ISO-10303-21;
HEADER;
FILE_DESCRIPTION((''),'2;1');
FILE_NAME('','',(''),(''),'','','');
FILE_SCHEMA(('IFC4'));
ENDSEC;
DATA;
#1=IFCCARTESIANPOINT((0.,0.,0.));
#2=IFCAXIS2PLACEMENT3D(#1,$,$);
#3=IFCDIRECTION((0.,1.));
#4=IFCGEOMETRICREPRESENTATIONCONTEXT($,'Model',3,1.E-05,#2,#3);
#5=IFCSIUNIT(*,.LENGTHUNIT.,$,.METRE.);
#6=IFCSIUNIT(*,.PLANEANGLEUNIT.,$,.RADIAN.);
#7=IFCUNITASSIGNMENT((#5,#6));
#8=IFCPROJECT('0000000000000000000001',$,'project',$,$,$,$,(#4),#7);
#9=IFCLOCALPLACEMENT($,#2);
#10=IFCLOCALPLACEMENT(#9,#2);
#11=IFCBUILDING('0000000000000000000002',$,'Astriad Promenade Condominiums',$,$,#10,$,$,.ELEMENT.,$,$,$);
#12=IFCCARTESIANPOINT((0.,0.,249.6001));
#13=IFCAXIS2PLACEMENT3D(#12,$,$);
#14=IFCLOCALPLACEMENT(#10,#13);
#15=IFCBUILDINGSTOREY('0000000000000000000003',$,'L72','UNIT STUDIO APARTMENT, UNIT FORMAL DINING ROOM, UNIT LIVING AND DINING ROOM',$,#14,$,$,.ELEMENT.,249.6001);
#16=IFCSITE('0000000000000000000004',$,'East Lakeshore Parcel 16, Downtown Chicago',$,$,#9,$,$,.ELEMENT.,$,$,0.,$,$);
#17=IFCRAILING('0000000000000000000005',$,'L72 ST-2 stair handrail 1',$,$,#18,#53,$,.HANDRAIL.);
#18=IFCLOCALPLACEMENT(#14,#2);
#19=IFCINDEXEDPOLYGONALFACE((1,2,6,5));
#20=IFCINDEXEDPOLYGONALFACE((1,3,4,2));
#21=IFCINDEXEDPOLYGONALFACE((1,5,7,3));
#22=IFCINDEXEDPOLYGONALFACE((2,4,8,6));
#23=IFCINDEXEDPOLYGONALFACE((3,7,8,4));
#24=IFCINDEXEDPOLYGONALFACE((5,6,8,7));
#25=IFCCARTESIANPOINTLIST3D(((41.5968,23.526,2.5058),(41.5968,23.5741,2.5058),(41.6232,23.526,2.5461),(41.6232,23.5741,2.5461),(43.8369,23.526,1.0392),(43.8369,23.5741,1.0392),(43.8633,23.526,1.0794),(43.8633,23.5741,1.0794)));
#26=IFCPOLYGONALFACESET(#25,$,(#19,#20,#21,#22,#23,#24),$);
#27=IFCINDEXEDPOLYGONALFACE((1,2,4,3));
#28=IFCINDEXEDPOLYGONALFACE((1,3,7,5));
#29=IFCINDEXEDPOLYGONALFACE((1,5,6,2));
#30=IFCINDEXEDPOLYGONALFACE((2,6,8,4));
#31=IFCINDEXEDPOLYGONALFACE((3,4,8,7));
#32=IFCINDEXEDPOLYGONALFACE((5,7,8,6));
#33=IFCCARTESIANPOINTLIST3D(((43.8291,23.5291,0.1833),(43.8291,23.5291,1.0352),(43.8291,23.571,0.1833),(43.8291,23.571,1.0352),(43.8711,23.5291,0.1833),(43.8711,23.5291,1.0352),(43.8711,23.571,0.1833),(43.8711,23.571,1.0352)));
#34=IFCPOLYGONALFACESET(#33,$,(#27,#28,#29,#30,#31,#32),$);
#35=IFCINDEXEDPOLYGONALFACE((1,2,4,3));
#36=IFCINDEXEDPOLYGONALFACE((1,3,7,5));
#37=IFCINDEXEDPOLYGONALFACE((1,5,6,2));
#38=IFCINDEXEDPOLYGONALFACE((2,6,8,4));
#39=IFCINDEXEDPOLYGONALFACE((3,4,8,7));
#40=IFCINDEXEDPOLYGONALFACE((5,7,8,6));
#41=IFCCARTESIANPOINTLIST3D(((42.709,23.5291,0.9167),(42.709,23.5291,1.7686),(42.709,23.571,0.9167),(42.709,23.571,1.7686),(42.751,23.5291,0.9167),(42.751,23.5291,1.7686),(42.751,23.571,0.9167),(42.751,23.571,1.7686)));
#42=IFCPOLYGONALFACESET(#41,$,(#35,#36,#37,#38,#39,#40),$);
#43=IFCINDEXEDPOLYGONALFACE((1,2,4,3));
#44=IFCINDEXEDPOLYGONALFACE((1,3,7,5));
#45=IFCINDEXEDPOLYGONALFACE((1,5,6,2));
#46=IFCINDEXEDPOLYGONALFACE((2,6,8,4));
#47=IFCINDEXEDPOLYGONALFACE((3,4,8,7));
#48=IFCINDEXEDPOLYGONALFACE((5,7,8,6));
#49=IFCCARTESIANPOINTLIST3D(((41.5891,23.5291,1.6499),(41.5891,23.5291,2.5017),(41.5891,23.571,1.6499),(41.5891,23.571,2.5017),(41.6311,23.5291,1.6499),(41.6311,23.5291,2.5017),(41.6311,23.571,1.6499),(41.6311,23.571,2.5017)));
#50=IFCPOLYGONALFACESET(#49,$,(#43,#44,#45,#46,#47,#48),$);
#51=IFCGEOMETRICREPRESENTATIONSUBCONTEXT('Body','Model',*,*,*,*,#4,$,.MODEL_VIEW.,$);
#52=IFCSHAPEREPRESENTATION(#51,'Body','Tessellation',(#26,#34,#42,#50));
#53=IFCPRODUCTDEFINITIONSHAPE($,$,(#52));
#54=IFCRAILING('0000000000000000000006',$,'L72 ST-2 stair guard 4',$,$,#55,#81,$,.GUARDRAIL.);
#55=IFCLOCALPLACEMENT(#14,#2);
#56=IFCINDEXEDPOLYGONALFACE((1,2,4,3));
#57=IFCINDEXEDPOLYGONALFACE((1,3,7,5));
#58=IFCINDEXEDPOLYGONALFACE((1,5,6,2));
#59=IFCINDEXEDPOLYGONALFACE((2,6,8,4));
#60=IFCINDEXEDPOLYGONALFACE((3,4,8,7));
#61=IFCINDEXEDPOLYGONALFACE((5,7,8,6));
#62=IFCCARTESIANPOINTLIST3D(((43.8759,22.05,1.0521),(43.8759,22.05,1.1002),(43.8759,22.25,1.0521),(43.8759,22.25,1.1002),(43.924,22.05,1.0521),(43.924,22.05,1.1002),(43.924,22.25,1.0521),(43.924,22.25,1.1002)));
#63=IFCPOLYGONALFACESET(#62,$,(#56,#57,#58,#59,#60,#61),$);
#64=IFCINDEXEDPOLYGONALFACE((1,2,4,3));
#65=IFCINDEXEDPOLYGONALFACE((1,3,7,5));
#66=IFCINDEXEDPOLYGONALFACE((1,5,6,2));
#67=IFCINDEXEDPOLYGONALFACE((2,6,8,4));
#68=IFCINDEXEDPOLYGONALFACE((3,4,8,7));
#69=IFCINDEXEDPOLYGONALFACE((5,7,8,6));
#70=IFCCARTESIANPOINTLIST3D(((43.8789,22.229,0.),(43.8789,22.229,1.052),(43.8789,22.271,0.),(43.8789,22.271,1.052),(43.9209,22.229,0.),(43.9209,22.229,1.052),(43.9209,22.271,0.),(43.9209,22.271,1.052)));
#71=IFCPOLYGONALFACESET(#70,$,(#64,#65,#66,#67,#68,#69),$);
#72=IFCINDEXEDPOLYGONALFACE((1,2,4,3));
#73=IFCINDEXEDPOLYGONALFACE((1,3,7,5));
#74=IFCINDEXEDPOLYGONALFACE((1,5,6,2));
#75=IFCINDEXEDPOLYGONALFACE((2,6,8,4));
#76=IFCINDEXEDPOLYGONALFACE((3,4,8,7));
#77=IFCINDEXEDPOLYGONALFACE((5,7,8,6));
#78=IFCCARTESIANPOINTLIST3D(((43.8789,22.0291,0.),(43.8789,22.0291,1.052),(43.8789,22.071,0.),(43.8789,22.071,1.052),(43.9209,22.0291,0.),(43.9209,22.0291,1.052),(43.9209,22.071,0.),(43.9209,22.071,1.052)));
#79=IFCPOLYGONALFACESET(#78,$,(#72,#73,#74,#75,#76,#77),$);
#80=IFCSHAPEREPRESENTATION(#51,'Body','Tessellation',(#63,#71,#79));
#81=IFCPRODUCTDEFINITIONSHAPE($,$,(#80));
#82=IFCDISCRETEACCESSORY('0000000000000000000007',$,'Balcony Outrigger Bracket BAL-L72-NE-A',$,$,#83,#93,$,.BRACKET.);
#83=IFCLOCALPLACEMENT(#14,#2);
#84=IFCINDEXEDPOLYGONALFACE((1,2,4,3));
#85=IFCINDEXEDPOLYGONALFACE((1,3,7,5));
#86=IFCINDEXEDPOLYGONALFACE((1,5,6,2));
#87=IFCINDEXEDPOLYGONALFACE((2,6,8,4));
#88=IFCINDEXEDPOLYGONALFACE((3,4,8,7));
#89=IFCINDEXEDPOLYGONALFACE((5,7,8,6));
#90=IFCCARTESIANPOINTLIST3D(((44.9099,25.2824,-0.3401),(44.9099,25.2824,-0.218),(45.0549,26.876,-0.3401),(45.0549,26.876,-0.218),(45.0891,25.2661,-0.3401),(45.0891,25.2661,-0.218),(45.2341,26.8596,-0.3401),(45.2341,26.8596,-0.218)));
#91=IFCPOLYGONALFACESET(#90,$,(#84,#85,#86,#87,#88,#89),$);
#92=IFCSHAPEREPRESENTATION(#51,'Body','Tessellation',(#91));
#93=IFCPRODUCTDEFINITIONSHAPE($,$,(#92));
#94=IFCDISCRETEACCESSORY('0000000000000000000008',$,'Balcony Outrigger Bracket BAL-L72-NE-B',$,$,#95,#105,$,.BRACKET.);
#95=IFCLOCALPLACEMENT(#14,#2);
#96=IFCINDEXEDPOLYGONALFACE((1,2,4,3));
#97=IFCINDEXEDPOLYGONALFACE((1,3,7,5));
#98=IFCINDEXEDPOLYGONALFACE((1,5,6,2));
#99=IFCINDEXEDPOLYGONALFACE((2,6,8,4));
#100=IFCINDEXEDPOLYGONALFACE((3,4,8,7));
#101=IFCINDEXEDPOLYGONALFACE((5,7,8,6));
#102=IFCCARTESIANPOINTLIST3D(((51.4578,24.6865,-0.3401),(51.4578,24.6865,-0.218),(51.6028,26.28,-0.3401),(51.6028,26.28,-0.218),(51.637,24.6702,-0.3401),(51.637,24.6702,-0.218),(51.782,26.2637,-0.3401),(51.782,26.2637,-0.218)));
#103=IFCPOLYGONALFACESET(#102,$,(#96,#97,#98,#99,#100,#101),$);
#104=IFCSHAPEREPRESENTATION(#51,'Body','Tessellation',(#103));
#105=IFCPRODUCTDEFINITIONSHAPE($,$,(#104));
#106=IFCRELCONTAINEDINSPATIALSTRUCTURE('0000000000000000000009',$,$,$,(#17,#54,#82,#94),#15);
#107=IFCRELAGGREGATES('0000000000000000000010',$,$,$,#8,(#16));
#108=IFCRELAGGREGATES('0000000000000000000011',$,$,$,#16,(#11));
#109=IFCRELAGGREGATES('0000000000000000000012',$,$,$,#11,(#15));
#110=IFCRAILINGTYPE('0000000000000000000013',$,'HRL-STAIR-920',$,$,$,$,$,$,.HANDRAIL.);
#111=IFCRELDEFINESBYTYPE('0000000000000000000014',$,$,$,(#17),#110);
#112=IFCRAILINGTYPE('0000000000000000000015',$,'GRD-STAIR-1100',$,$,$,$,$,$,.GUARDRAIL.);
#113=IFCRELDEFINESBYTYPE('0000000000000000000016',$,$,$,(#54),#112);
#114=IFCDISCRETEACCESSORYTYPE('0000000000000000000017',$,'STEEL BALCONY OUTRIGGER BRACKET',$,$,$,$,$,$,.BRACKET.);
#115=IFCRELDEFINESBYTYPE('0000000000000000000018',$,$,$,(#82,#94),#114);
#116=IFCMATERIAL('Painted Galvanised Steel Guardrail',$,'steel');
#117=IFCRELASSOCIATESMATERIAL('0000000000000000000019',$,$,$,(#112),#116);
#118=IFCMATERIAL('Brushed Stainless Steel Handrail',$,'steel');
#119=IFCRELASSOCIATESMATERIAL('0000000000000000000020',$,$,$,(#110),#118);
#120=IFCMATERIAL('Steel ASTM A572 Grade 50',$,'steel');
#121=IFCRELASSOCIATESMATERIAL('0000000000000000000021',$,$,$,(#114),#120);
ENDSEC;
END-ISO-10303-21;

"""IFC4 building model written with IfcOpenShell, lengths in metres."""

from ifc_helpers import new_model, si_unit, direction, frame, origin, origin_2d, place, context, subcontext, project, spatial, rectangle, extrude, source, transform, mapped, material, type_object, type_shapes, element, save


model = new_model("IFC4")

# Units and contexts
model_context = context("Model", 3, precision=1e-05, world=origin(), true_north=direction((0.0, 1.0)))
body_context = subcontext(model_context, "Body", "Model", "MODEL_VIEW")
ifc_project = project(units=[si_unit("LENGTHUNIT", "METRE"), si_unit("PLANEANGLEUNIT", "RADIAN")], contexts=[model_context])

# Site, building, storey
site_placement = place(None, origin())
site = spatial("IfcSite", under=ifc_project, at=site_placement, Name="East Lakeshore Parcel 16, Downtown Chicago", CompositionType="ELEMENT", RefElevation=0.0)
building_placement = place(site_placement, origin())
building = spatial("IfcBuilding", under=site, at=building_placement, Name="Astriad Promenade Condominiums", CompositionType="ELEMENT")
storey_placement = place(building_placement, frame((0.0, 0.0, 249.6001)))
storey = spatial("IfcBuildingStorey", under=building, at=storey_placement, Name="L72", Description="UNIT STUDIO APARTMENT, UNIT FORMAL DINING ROOM, UNIT LIVING AND DINING ROOM", CompositionType="ELEMENT", Elevation=249.6001)

# Railings
ifc_material_1 = material(Name="Painted Galvanised Steel Guardrail", Category="steel")
railing_type_1 = type_object("IfcRailingType", Name="GRD-STAIR-1100", PredefinedType="GUARDRAIL", material=ifc_material_1)
ifc_material_2 = material(Name="Brushed Stainless Steel Handrail", Category="steel")
railing_type_2 = type_object("IfcRailingType", Name="HRL-STAIR-920", PredefinedType="HANDRAIL", material=ifc_material_2)
shared_shape_1 = source(origin(), body_context, "Body", "SweptSolid", [
    extrude(rectangle(XDim=0.0481, YDim=0.0481, at=origin_2d()), frame((0.0, 0.0, 0.876), z_axis=(-0.836637, 0.0, 0.547758), x_axis=(0.0, -1.0, 0.0)), (0.0, 0.0, 1.0), 2.6775),
    extrude(rectangle(XDim=0.042, YDim=0.042, at=origin_2d()), origin(), (0.0, 0.0, 1.0), 0.8518),
    extrude(rectangle(XDim=0.042, YDim=0.042, at=origin_2d()), frame((-1.1201, 0.0, 0.7334)), (0.0, 0.0, 1.0), 0.8518),
    extrude(rectangle(XDim=0.042, YDim=0.042, at=origin_2d()), frame((-2.24, 0.0, 1.4666)), (0.0, 0.0, 1.0), 0.8518),
])
type_shapes(railing_type_2, [shared_shape_1])
railing_1_placement = place(storey_placement, frame((43.8501, 23.55, 0.1833)))
element("IfcRailing", 1, at=railing_1_placement, inside=storey, type_object=railing_type_2, Name="L72 ST-2 stair handrail 1", PredefinedType="HANDRAIL", context=body_context, shape_type="MappedRepresentation", body=[
    mapped(shared_shape_1, transform((0.0, 0.0, 0.0), scale=1.0)),
])
shared_shape_2 = source(origin(), body_context, "Body", "SweptSolid", [
    extrude(rectangle(XDim=0.0481, YDim=0.0481, at=origin_2d()), frame((0.0, 0.0, 1.0762), z_axis=(0.0, -1.0, 0.0), x_axis=(1.0, 0.0, 0.0)), (0.0, 0.0, 1.0), 0.2),
    extrude(rectangle(XDim=0.042, YDim=0.042, at=origin_2d()), origin(), (0.0, 0.0, 1.0), 1.052),
    extrude(rectangle(XDim=0.042, YDim=0.042, at=origin_2d()), frame((0.0, -0.2, 0.0)), (0.0, 0.0, 1.0), 1.052),
])
railing_2_placement = place(storey_placement, frame((43.8999, 22.25, 0.0)))
element("IfcRailing", 2, at=railing_2_placement, inside=storey, type_object=railing_type_1, Name="L72 ST-2 stair guard 4", PredefinedType="GUARDRAIL", context=body_context, shape_type="MappedRepresentation", body=[
    mapped(shared_shape_2, transform((0.0, 0.0, 0.0), scale=1.0)),
])

# Discrete accessories
ifc_material_3 = material(Name="Steel ASTM A572 Grade 50", Category="steel")
discrete_accessory_type = type_object("IfcDiscreteAccessoryType", Name="STEEL BALCONY OUTRIGGER BRACKET", PredefinedType="BRACKET", material=ifc_material_3)
shared_shape_3 = source(origin(), body_context, "Body", "SweptSolid", [
    extrude(rectangle(XDim=1.6001, YDim=0.1799, at=origin_2d()), origin(), (0.0, 0.0, 1.0), 0.1221),
])
type_shapes(discrete_accessory_type, [shared_shape_3])
for number, where, z_axis, x_axis, name in (
    (3, (45.072, 26.071, -0.3401), (0.0, 0.0, 1.0), (0.090633, 0.995884, 0.0), "Balcony Outrigger Bracket BAL-L72-NE-A"),
    (4, (51.6199, 25.4751, -0.3401), (0.0, 0.0, 1.0), (0.090633, 0.995884, 0.0), "Balcony Outrigger Bracket BAL-L72-NE-B"),
):
    element("IfcDiscreteAccessory", number, at=place(storey_placement, frame(where, z_axis=z_axis, x_axis=x_axis)), inside=storey, type_object=discrete_accessory_type, Name=name, PredefinedType="BRACKET", context=body_context, shape_type="MappedRepresentation", body=[
        mapped(shared_shape_3, transform((0.0, 0.0, 0.0), scale=1.0)),
    ])

save(model, "model.ifc")
